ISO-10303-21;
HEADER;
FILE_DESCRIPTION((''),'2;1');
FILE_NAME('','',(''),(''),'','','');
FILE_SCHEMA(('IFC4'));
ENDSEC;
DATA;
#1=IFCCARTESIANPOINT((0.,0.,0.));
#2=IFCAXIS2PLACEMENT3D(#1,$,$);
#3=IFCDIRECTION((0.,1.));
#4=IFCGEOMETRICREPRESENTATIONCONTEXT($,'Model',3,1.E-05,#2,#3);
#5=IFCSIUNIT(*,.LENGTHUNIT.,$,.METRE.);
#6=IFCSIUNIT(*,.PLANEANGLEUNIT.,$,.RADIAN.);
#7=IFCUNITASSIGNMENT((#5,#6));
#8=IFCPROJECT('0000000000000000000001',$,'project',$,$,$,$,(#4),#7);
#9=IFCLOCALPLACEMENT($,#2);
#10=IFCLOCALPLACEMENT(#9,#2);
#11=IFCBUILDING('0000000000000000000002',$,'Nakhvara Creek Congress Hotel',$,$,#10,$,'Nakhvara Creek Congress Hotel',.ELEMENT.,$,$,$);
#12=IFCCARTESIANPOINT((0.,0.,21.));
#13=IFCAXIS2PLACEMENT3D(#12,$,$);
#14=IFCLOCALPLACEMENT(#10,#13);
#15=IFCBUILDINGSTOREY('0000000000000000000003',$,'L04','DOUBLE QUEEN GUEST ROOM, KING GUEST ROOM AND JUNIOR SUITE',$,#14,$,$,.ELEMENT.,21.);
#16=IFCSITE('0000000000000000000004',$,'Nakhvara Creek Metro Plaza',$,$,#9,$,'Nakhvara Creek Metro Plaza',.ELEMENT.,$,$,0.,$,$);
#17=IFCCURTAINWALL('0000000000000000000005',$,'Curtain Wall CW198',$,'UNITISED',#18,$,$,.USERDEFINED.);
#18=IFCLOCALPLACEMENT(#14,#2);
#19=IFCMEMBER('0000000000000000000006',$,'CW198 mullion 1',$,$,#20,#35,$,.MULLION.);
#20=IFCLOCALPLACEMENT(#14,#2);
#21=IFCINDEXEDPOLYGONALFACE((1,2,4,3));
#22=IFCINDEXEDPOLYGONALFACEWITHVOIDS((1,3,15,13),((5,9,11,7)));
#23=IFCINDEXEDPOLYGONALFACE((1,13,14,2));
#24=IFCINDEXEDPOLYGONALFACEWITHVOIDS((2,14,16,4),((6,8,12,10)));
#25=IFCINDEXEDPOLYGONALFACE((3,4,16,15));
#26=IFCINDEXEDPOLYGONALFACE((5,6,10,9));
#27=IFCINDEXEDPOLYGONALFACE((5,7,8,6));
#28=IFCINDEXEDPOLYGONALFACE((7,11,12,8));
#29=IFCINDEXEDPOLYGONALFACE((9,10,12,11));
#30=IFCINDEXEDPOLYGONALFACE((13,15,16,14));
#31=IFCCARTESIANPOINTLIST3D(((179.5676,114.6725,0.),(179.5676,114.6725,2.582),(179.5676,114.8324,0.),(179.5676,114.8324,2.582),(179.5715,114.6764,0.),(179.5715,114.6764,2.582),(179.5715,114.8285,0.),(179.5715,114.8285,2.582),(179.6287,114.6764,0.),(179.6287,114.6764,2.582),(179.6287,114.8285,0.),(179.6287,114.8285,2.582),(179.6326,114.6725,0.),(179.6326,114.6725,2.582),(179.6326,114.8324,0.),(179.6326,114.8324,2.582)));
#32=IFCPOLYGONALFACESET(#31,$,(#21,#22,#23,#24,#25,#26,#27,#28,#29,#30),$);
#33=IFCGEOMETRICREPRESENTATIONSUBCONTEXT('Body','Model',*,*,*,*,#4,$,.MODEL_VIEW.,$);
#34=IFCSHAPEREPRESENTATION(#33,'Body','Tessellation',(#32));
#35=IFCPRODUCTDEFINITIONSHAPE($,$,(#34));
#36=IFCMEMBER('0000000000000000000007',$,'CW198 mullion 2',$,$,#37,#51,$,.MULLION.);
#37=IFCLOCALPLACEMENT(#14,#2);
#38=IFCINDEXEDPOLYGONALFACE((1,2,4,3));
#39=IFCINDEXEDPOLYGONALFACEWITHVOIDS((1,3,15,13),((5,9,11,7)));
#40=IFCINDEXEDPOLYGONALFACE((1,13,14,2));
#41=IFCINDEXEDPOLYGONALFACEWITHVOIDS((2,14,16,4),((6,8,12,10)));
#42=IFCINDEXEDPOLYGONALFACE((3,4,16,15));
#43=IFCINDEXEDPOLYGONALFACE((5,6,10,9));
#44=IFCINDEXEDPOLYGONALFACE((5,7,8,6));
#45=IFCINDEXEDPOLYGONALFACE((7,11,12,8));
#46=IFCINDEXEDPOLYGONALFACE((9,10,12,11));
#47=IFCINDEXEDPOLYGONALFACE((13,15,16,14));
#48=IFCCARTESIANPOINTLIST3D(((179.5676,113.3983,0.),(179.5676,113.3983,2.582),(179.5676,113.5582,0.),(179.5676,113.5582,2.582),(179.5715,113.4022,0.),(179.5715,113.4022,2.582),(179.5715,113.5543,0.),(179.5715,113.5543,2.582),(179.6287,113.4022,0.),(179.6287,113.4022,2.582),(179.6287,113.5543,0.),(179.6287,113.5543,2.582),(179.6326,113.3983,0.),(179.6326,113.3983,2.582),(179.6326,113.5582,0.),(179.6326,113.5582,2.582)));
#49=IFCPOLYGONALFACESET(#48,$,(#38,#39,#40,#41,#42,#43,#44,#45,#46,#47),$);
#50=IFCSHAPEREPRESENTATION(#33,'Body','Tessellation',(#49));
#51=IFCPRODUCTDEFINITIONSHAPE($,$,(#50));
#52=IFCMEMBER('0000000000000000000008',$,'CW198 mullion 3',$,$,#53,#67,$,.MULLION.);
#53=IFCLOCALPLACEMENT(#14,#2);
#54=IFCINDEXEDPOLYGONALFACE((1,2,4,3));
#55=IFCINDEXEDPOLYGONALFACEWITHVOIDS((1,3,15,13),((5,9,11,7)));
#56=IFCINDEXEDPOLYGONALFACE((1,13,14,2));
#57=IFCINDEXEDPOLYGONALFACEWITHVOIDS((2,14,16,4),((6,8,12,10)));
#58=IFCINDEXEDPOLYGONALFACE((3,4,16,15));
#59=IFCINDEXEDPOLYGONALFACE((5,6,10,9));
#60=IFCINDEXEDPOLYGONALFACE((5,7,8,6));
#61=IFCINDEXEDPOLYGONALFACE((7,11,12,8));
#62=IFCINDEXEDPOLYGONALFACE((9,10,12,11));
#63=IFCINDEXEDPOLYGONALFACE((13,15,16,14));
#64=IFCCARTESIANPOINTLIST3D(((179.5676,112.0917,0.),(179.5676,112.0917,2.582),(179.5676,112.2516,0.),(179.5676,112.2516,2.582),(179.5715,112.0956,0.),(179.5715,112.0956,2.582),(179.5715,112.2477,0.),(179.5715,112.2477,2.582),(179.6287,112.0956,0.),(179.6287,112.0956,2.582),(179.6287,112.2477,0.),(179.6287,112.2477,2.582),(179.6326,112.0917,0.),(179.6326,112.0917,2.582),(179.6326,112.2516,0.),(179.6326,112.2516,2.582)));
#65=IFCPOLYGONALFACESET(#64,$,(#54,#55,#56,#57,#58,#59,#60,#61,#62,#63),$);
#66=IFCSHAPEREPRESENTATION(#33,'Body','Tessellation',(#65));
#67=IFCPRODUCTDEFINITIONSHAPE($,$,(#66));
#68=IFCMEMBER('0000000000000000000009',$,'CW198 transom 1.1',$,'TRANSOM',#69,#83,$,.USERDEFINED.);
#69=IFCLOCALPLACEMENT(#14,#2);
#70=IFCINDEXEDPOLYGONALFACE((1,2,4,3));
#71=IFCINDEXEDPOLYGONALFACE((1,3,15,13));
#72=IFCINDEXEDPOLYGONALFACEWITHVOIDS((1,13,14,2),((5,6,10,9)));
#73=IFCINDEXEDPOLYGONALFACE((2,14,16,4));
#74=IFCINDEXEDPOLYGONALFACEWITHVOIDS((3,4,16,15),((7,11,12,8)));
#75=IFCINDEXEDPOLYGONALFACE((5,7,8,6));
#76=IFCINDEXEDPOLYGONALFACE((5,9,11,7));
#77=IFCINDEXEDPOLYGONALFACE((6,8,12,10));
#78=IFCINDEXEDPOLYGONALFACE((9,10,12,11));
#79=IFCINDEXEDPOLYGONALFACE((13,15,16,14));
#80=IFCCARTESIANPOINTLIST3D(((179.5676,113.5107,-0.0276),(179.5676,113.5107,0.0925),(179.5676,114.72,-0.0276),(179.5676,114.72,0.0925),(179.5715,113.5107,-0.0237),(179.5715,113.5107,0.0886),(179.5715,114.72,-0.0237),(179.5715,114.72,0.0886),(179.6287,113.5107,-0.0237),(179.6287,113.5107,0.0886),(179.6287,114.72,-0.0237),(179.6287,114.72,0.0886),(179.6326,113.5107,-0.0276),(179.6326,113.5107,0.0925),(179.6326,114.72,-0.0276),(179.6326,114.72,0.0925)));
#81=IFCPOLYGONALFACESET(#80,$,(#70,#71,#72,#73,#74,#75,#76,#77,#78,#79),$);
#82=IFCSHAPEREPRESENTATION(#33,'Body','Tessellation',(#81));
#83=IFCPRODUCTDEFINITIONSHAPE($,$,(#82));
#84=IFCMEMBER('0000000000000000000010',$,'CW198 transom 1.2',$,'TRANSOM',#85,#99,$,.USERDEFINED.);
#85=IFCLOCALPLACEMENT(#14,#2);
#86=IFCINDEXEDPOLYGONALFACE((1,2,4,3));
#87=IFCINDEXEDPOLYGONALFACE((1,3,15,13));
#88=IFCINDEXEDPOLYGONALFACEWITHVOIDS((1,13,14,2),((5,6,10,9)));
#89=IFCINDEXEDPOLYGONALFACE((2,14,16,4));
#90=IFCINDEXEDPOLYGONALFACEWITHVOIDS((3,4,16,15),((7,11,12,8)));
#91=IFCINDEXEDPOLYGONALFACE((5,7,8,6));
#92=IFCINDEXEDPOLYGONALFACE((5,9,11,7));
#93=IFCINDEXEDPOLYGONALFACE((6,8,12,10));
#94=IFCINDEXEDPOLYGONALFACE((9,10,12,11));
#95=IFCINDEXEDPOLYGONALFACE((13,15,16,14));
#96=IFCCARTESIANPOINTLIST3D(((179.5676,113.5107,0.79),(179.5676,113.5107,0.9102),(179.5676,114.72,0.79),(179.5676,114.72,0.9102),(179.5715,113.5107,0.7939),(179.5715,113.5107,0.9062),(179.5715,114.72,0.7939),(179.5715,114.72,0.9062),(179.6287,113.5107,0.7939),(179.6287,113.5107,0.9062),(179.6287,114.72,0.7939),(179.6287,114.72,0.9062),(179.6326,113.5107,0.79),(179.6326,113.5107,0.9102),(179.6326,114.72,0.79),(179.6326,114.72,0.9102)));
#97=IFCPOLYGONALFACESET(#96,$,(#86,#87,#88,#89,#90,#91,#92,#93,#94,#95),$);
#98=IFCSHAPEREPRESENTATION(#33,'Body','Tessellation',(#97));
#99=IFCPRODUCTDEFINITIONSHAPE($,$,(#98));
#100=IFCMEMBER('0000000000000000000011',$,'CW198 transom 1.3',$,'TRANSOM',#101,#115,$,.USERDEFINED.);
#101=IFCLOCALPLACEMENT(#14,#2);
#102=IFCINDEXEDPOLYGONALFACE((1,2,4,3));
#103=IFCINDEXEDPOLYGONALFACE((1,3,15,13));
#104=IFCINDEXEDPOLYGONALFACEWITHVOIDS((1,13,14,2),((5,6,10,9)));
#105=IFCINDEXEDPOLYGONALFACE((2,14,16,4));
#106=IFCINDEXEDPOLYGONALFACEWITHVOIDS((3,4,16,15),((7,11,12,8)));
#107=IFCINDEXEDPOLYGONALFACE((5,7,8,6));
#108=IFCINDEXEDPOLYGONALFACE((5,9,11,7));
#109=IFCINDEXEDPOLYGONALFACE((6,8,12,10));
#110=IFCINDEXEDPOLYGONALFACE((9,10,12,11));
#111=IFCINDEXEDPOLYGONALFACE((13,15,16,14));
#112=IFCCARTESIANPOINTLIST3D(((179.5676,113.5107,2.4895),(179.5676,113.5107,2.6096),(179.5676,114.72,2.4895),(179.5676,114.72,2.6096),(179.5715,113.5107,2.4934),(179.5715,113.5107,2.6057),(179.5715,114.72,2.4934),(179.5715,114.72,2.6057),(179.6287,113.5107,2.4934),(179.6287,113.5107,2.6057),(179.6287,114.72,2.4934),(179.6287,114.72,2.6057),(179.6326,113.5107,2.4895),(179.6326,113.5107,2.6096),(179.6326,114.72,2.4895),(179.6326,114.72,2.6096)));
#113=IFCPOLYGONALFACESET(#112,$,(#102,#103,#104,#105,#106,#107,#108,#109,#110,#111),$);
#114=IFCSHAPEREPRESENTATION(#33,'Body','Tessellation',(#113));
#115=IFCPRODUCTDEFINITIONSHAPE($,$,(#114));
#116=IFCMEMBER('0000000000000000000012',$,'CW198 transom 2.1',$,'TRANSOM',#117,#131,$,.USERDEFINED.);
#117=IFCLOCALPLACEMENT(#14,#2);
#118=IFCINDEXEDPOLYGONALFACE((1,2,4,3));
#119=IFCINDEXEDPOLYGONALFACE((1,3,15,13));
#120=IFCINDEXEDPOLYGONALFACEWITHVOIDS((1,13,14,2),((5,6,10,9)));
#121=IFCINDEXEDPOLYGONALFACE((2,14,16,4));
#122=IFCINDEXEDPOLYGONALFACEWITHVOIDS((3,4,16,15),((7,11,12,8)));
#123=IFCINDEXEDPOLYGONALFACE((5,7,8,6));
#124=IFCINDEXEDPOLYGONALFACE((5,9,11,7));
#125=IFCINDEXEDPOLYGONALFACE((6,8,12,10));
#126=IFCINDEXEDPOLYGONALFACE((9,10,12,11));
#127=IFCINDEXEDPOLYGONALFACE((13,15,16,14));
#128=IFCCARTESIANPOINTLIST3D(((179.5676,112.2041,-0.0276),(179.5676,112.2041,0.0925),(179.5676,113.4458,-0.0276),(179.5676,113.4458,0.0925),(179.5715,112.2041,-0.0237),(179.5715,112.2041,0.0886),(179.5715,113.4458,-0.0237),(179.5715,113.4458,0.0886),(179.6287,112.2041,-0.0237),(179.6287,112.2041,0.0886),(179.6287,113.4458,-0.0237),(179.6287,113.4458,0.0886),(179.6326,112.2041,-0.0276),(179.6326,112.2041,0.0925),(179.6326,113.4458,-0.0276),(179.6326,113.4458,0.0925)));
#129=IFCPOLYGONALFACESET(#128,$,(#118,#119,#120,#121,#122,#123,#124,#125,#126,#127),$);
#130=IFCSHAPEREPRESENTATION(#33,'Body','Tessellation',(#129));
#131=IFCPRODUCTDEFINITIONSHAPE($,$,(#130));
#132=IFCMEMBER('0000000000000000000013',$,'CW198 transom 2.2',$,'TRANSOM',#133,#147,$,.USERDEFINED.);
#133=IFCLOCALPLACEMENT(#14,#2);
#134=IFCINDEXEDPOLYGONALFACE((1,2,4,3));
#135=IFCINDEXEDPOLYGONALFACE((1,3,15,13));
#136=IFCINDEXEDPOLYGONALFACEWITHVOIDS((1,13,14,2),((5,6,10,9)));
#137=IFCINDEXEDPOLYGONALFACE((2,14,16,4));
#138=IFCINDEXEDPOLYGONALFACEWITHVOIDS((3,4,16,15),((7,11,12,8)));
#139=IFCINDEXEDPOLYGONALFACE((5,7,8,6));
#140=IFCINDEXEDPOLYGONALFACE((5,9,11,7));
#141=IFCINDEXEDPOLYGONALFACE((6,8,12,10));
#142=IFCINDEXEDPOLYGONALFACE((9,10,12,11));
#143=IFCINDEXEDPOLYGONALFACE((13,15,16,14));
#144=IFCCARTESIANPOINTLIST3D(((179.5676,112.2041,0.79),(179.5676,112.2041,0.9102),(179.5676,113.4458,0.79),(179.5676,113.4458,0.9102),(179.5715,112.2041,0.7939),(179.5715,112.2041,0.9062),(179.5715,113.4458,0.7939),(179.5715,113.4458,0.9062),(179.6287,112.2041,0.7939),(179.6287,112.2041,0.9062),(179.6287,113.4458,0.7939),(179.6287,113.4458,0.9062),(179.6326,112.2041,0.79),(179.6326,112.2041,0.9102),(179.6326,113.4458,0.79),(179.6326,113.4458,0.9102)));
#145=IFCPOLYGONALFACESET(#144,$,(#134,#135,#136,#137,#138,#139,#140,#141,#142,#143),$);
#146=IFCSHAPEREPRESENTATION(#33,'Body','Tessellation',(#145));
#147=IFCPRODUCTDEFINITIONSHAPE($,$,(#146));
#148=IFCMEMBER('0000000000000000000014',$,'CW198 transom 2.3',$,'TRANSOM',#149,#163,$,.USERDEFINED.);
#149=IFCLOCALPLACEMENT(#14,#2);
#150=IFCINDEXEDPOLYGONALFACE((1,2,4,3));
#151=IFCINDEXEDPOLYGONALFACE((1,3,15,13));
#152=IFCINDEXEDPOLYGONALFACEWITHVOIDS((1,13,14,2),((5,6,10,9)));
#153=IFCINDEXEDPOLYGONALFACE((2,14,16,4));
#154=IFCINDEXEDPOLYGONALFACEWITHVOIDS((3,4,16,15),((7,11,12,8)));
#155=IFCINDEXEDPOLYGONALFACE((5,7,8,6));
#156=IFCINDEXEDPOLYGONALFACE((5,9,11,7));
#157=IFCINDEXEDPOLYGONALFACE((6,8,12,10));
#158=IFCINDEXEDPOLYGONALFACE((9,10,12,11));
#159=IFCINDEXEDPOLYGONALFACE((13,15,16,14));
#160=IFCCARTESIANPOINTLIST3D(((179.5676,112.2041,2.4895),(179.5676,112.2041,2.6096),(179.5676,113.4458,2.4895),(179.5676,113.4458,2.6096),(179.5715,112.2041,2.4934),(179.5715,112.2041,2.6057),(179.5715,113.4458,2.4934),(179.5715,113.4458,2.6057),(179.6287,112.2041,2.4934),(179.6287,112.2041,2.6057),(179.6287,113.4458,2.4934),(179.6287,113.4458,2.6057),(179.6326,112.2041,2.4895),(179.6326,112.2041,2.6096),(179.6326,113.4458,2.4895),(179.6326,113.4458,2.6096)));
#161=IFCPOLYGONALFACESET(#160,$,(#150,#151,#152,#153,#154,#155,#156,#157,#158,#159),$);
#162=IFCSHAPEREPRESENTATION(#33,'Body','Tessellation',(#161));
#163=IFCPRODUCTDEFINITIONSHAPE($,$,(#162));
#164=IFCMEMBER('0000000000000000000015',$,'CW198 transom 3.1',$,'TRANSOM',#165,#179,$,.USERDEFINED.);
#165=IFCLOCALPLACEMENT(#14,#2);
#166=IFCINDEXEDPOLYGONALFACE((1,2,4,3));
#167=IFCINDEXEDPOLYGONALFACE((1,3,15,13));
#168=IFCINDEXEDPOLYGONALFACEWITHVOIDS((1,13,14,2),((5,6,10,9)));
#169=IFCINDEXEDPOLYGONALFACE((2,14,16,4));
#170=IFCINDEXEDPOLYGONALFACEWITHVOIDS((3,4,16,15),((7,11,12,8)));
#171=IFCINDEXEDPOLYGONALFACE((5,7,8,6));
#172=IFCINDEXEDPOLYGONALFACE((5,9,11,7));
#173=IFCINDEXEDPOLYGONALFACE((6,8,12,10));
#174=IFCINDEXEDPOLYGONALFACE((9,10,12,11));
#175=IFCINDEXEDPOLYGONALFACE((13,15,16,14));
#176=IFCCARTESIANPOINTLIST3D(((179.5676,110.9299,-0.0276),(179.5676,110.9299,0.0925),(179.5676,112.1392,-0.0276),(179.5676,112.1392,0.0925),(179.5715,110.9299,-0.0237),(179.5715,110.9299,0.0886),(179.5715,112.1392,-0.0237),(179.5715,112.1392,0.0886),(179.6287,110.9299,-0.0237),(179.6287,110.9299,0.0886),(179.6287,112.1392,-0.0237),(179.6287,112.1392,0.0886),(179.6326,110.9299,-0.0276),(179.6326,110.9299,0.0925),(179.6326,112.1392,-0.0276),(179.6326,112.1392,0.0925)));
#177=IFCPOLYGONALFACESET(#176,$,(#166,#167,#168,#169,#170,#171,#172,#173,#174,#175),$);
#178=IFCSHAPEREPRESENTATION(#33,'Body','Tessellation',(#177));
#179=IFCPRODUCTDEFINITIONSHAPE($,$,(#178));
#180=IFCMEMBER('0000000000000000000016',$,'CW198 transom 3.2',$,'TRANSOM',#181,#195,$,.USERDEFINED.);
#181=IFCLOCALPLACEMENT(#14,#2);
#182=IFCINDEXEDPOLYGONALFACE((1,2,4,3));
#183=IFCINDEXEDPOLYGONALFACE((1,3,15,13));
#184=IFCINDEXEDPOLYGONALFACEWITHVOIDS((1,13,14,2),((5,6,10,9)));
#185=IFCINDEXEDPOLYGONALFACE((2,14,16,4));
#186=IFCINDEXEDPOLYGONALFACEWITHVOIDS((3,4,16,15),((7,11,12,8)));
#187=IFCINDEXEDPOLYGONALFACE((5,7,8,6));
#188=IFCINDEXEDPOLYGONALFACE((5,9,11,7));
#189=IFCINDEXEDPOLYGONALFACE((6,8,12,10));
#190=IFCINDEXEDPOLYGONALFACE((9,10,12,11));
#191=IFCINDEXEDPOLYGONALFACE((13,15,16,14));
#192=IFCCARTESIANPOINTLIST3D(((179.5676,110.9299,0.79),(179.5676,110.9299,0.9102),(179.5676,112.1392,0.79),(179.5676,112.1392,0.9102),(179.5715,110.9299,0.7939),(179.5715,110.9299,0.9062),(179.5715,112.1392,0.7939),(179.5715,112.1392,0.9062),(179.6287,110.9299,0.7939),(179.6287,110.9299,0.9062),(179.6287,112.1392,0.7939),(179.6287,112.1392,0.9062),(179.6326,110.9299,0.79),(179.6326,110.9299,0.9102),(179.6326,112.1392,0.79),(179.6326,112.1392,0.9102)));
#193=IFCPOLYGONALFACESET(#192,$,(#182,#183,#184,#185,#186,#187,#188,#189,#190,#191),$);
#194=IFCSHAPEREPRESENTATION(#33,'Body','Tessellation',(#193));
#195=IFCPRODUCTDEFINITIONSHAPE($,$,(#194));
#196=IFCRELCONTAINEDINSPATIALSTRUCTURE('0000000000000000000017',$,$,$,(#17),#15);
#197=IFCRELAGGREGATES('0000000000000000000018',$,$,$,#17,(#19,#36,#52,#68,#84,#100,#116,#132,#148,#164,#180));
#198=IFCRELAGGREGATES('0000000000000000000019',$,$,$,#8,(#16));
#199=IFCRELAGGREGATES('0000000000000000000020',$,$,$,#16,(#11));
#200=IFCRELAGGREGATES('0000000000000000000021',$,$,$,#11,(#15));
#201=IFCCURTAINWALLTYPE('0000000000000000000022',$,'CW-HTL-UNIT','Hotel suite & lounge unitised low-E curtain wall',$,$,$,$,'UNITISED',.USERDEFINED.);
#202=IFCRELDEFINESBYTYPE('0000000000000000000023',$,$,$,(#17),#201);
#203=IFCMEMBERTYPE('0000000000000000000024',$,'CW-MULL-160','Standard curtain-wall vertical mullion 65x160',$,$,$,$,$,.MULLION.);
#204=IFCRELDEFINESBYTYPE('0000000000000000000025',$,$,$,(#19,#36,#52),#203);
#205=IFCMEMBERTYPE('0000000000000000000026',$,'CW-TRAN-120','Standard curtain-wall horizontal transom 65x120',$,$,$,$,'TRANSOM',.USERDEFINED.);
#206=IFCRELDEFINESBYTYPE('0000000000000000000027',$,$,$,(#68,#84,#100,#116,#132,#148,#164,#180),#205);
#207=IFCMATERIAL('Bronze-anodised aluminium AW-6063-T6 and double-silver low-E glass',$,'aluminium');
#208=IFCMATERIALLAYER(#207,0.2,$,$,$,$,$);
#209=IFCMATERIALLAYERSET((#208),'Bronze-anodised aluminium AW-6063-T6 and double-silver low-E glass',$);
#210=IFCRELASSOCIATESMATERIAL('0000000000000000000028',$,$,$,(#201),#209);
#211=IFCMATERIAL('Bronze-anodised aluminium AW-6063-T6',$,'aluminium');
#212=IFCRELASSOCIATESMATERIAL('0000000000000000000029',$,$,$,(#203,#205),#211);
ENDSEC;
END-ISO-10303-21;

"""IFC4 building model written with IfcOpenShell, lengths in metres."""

from ifc_helpers import new_model, si_unit, direction, frame, origin, origin_2d, place, context, subcontext, project, spatial, hollow_rectangle, extrude, material, layer, layer_set, material_profile, profile_set, type_object, element, aggregate, save


model = new_model("IFC4")

# Units and contexts
model_context = context("Model", 3, precision=1e-05, world=origin(), true_north=direction((0.0, 1.0)))
body_context = subcontext(model_context, "Body", "Model", "MODEL_VIEW")
ifc_project = project(units=[si_unit("LENGTHUNIT", "METRE"), si_unit("PLANEANGLEUNIT", "RADIAN")], contexts=[model_context])

# Site, building, storey
site_placement = place(None, origin())
site = spatial("IfcSite", under=ifc_project, at=site_placement, Name="Nakhvara Creek Metro Plaza", LongName="Nakhvara Creek Metro Plaza", CompositionType="ELEMENT", RefElevation=0.0)
building_placement = place(site_placement, origin())
building = spatial("IfcBuilding", under=site, at=building_placement, Name="Nakhvara Creek Congress Hotel", LongName="Nakhvara Creek Congress Hotel", CompositionType="ELEMENT")
storey_placement = place(building_placement, frame((0.0, 0.0, 21.0)))
storey = spatial("IfcBuildingStorey", under=building, at=storey_placement, Name="L04", Description="DOUBLE QUEEN GUEST ROOM, KING GUEST ROOM AND JUNIOR SUITE", CompositionType="ELEMENT", Elevation=21.0)

# Curtain wall, members
ifc_material_1 = material(Name="Bronze-anodised aluminium AW-6063-T6 and double-silver low-E glass", Category="aluminium")
ifc_layer_1 = layer(ifc_material_1, 0.2)
ifc_layer_set_1 = layer_set([ifc_layer_1], Name="Bronze-anodised aluminium AW-6063-T6 and double-silver low-E glass")
curtain_wall_type = type_object("IfcCurtainWallType", Name="CW-HTL-UNIT", Description="Hotel suite & lounge unitised low-E curtain wall", ElementType="UNITISED", PredefinedType="USERDEFINED", material=ifc_layer_set_1)
curtain_wall_placement = place(storey_placement, origin())
curtain_wall = element("IfcCurtainWall", 1, at=curtain_wall_placement, inside=storey, type_object=curtain_wall_type, Name="Curtain Wall CW198", ObjectType="UNITISED", PredefinedType="USERDEFINED")
ifc_material_2 = material(Name="Bronze-anodised aluminium AW-6063-T6", Category="aluminium")
ifc_material_profile_1 = material_profile(ifc_material_2, hollow_rectangle(XDim=0.0649, YDim=0.1599, WallThickness=0.0039, at=origin_2d()), Name="ALU-MULL 65x160x4", Category="LoadBearing")
ifc_profile_set_1 = profile_set([ifc_material_profile_1], Name="Bronze-anodised aluminium AW-6063-T6")
member_type_1 = type_object("IfcMemberType", Name="CW-MULL-160", Description="Standard curtain-wall vertical mullion 65x160", PredefinedType="MULLION", material=ifc_profile_set_1)
member_1_placement = place(storey_placement, frame((179.6001, 114.7524, 0.0), z_axis=(0.0, 0.0, 1.0), x_axis=(1.0, 0.0, 0.0)))
member_1 = element("IfcMember", 2, at=member_1_placement, type_object=member_type_1, Name="CW198 mullion 1", PredefinedType="MULLION", context=body_context, shape_type="SweptSolid", body=[
    extrude(hollow_rectangle(XDim=0.0649, YDim=0.1599, WallThickness=0.0039, at=origin_2d()), origin(), (0.0, 0.0, 1.0), 2.582),
])
member_2_placement = place(storey_placement, frame((179.6001, 113.4783, 0.0), z_axis=(0.0, 0.0, 1.0), x_axis=(1.0, 0.0, 0.0)))
member_2 = element("IfcMember", 3, at=member_2_placement, type_object=member_type_1, Name="CW198 mullion 2", PredefinedType="MULLION", context=body_context, shape_type="SweptSolid", body=[
    extrude(hollow_rectangle(XDim=0.0649, YDim=0.1599, WallThickness=0.0039, at=origin_2d()), origin(), (0.0, 0.0, 1.0), 2.582),
])
member_3_placement = place(storey_placement, frame((179.6001, 112.1716, 0.0), z_axis=(0.0, 0.0, 1.0), x_axis=(1.0, 0.0, 0.0)))
member_3 = element("IfcMember", 4, at=member_3_placement, type_object=member_type_1, Name="CW198 mullion 3", PredefinedType="MULLION", context=body_context, shape_type="SweptSolid", body=[
    extrude(hollow_rectangle(XDim=0.0649, YDim=0.1599, WallThickness=0.0039, at=origin_2d()), origin(), (0.0, 0.0, 1.0), 2.582),
])
ifc_material_profile_2 = material_profile(ifc_material_2, hollow_rectangle(XDim=0.0649, YDim=0.1201, WallThickness=0.0039, at=origin_2d()), Name="ALU-TRAN 65x120x4", Category="LoadBearing")
ifc_profile_set_2 = profile_set([ifc_material_profile_2], Name="Bronze-anodised aluminium AW-6063-T6")
member_type_2 = type_object("IfcMemberType", Name="CW-TRAN-120", Description="Standard curtain-wall horizontal transom 65x120", ElementType="TRANSOM", PredefinedType="USERDEFINED", material=ifc_profile_set_2)
member_4_placement = place(storey_placement, frame((179.6001, 114.72, 0.0325), z_axis=(0.0, -1.0, 0.0), x_axis=(1.0, 0.0, 0.0)))
member_4 = element("IfcMember", 5, at=member_4_placement, type_object=member_type_2, Name="CW198 transom 1.1", ObjectType="TRANSOM", PredefinedType="USERDEFINED", context=body_context, shape_type="SweptSolid", body=[
    extrude(hollow_rectangle(XDim=0.0649, YDim=0.1201, WallThickness=0.0039, at=origin_2d()), origin(), (0.0, 0.0, 1.0), 1.2092),
])
member_5_placement = place(storey_placement, frame((179.6001, 114.72, 0.8501), z_axis=(0.0, -1.0, 0.0), x_axis=(1.0, 0.0, 0.0)))
member_5 = element("IfcMember", 6, at=member_5_placement, type_object=member_type_2, Name="CW198 transom 1.2", ObjectType="TRANSOM", PredefinedType="USERDEFINED", context=body_context, shape_type="SweptSolid", body=[
    extrude(hollow_rectangle(XDim=0.0649, YDim=0.1201, WallThickness=0.0039, at=origin_2d()), origin(), (0.0, 0.0, 1.0), 1.2092),
])
member_6_placement = place(storey_placement, frame((179.6001, 114.72, 2.5496), z_axis=(0.0, -1.0, 0.0), x_axis=(1.0, 0.0, 0.0)))
member_6 = element("IfcMember", 7, at=member_6_placement, type_object=member_type_2, Name="CW198 transom 1.3", ObjectType="TRANSOM", PredefinedType="USERDEFINED", context=body_context, shape_type="SweptSolid", body=[
    extrude(hollow_rectangle(XDim=0.0649, YDim=0.1201, WallThickness=0.0039, at=origin_2d()), origin(), (0.0, 0.0, 1.0), 1.2092),
])
member_7_placement = place(storey_placement, frame((179.6001, 113.4458, 0.0325), z_axis=(0.0, -1.0, 0.0), x_axis=(1.0, 0.0, 0.0)))
member_7 = element("IfcMember", 8, at=member_7_placement, type_object=member_type_2, Name="CW198 transom 2.1", ObjectType="TRANSOM", PredefinedType="USERDEFINED", context=body_context, shape_type="SweptSolid", body=[
    extrude(hollow_rectangle(XDim=0.0649, YDim=0.1201, WallThickness=0.0039, at=origin_2d()), origin(), (0.0, 0.0, 1.0), 1.2417),
])
member_8_placement = place(storey_placement, frame((179.6001, 113.4458, 0.8501), z_axis=(0.0, -1.0, 0.0), x_axis=(1.0, 0.0, 0.0)))
member_8 = element("IfcMember", 9, at=member_8_placement, type_object=member_type_2, Name="CW198 transom 2.2", ObjectType="TRANSOM", PredefinedType="USERDEFINED", context=body_context, shape_type="SweptSolid", body=[
    extrude(hollow_rectangle(XDim=0.0649, YDim=0.1201, WallThickness=0.0039, at=origin_2d()), origin(), (0.0, 0.0, 1.0), 1.2417),
])
member_9_placement = place(storey_placement, frame((179.6001, 113.4458, 2.5496), z_axis=(0.0, -1.0, 0.0), x_axis=(1.0, 0.0, 0.0)))
member_9 = element("IfcMember", 10, at=member_9_placement, type_object=member_type_2, Name="CW198 transom 2.3", ObjectType="TRANSOM", PredefinedType="USERDEFINED", context=body_context, shape_type="SweptSolid", body=[
    extrude(hollow_rectangle(XDim=0.0649, YDim=0.1201, WallThickness=0.0039, at=origin_2d()), origin(), (0.0, 0.0, 1.0), 1.2417),
])
member_10_placement = place(storey_placement, frame((179.6001, 112.1392, 0.0325), z_axis=(0.0, -1.0, 0.0), x_axis=(1.0, 0.0, 0.0)))
member_10 = element("IfcMember", 11, at=member_10_placement, type_object=member_type_2, Name="CW198 transom 3.1", ObjectType="TRANSOM", PredefinedType="USERDEFINED", context=body_context, shape_type="SweptSolid", body=[
    extrude(hollow_rectangle(XDim=0.0649, YDim=0.1201, WallThickness=0.0039, at=origin_2d()), origin(), (0.0, 0.0, 1.0), 1.2092),
])
member_11_placement = place(storey_placement, frame((179.6001, 112.1392, 0.8501), z_axis=(0.0, -1.0, 0.0), x_axis=(1.0, 0.0, 0.0)))
member_11 = element("IfcMember", 12, at=member_11_placement, type_object=member_type_2, Name="CW198 transom 3.2", ObjectType="TRANSOM", PredefinedType="USERDEFINED", context=body_context, shape_type="SweptSolid", body=[
    extrude(hollow_rectangle(XDim=0.0649, YDim=0.1201, WallThickness=0.0039, at=origin_2d()), origin(), (0.0, 0.0, 1.0), 1.2092),
])
aggregate(curtain_wall, [member_1, member_2, member_3, member_4, member_5, member_6, member_7, member_8, member_9, member_10, member_11])

save(model, "model.ifc")
